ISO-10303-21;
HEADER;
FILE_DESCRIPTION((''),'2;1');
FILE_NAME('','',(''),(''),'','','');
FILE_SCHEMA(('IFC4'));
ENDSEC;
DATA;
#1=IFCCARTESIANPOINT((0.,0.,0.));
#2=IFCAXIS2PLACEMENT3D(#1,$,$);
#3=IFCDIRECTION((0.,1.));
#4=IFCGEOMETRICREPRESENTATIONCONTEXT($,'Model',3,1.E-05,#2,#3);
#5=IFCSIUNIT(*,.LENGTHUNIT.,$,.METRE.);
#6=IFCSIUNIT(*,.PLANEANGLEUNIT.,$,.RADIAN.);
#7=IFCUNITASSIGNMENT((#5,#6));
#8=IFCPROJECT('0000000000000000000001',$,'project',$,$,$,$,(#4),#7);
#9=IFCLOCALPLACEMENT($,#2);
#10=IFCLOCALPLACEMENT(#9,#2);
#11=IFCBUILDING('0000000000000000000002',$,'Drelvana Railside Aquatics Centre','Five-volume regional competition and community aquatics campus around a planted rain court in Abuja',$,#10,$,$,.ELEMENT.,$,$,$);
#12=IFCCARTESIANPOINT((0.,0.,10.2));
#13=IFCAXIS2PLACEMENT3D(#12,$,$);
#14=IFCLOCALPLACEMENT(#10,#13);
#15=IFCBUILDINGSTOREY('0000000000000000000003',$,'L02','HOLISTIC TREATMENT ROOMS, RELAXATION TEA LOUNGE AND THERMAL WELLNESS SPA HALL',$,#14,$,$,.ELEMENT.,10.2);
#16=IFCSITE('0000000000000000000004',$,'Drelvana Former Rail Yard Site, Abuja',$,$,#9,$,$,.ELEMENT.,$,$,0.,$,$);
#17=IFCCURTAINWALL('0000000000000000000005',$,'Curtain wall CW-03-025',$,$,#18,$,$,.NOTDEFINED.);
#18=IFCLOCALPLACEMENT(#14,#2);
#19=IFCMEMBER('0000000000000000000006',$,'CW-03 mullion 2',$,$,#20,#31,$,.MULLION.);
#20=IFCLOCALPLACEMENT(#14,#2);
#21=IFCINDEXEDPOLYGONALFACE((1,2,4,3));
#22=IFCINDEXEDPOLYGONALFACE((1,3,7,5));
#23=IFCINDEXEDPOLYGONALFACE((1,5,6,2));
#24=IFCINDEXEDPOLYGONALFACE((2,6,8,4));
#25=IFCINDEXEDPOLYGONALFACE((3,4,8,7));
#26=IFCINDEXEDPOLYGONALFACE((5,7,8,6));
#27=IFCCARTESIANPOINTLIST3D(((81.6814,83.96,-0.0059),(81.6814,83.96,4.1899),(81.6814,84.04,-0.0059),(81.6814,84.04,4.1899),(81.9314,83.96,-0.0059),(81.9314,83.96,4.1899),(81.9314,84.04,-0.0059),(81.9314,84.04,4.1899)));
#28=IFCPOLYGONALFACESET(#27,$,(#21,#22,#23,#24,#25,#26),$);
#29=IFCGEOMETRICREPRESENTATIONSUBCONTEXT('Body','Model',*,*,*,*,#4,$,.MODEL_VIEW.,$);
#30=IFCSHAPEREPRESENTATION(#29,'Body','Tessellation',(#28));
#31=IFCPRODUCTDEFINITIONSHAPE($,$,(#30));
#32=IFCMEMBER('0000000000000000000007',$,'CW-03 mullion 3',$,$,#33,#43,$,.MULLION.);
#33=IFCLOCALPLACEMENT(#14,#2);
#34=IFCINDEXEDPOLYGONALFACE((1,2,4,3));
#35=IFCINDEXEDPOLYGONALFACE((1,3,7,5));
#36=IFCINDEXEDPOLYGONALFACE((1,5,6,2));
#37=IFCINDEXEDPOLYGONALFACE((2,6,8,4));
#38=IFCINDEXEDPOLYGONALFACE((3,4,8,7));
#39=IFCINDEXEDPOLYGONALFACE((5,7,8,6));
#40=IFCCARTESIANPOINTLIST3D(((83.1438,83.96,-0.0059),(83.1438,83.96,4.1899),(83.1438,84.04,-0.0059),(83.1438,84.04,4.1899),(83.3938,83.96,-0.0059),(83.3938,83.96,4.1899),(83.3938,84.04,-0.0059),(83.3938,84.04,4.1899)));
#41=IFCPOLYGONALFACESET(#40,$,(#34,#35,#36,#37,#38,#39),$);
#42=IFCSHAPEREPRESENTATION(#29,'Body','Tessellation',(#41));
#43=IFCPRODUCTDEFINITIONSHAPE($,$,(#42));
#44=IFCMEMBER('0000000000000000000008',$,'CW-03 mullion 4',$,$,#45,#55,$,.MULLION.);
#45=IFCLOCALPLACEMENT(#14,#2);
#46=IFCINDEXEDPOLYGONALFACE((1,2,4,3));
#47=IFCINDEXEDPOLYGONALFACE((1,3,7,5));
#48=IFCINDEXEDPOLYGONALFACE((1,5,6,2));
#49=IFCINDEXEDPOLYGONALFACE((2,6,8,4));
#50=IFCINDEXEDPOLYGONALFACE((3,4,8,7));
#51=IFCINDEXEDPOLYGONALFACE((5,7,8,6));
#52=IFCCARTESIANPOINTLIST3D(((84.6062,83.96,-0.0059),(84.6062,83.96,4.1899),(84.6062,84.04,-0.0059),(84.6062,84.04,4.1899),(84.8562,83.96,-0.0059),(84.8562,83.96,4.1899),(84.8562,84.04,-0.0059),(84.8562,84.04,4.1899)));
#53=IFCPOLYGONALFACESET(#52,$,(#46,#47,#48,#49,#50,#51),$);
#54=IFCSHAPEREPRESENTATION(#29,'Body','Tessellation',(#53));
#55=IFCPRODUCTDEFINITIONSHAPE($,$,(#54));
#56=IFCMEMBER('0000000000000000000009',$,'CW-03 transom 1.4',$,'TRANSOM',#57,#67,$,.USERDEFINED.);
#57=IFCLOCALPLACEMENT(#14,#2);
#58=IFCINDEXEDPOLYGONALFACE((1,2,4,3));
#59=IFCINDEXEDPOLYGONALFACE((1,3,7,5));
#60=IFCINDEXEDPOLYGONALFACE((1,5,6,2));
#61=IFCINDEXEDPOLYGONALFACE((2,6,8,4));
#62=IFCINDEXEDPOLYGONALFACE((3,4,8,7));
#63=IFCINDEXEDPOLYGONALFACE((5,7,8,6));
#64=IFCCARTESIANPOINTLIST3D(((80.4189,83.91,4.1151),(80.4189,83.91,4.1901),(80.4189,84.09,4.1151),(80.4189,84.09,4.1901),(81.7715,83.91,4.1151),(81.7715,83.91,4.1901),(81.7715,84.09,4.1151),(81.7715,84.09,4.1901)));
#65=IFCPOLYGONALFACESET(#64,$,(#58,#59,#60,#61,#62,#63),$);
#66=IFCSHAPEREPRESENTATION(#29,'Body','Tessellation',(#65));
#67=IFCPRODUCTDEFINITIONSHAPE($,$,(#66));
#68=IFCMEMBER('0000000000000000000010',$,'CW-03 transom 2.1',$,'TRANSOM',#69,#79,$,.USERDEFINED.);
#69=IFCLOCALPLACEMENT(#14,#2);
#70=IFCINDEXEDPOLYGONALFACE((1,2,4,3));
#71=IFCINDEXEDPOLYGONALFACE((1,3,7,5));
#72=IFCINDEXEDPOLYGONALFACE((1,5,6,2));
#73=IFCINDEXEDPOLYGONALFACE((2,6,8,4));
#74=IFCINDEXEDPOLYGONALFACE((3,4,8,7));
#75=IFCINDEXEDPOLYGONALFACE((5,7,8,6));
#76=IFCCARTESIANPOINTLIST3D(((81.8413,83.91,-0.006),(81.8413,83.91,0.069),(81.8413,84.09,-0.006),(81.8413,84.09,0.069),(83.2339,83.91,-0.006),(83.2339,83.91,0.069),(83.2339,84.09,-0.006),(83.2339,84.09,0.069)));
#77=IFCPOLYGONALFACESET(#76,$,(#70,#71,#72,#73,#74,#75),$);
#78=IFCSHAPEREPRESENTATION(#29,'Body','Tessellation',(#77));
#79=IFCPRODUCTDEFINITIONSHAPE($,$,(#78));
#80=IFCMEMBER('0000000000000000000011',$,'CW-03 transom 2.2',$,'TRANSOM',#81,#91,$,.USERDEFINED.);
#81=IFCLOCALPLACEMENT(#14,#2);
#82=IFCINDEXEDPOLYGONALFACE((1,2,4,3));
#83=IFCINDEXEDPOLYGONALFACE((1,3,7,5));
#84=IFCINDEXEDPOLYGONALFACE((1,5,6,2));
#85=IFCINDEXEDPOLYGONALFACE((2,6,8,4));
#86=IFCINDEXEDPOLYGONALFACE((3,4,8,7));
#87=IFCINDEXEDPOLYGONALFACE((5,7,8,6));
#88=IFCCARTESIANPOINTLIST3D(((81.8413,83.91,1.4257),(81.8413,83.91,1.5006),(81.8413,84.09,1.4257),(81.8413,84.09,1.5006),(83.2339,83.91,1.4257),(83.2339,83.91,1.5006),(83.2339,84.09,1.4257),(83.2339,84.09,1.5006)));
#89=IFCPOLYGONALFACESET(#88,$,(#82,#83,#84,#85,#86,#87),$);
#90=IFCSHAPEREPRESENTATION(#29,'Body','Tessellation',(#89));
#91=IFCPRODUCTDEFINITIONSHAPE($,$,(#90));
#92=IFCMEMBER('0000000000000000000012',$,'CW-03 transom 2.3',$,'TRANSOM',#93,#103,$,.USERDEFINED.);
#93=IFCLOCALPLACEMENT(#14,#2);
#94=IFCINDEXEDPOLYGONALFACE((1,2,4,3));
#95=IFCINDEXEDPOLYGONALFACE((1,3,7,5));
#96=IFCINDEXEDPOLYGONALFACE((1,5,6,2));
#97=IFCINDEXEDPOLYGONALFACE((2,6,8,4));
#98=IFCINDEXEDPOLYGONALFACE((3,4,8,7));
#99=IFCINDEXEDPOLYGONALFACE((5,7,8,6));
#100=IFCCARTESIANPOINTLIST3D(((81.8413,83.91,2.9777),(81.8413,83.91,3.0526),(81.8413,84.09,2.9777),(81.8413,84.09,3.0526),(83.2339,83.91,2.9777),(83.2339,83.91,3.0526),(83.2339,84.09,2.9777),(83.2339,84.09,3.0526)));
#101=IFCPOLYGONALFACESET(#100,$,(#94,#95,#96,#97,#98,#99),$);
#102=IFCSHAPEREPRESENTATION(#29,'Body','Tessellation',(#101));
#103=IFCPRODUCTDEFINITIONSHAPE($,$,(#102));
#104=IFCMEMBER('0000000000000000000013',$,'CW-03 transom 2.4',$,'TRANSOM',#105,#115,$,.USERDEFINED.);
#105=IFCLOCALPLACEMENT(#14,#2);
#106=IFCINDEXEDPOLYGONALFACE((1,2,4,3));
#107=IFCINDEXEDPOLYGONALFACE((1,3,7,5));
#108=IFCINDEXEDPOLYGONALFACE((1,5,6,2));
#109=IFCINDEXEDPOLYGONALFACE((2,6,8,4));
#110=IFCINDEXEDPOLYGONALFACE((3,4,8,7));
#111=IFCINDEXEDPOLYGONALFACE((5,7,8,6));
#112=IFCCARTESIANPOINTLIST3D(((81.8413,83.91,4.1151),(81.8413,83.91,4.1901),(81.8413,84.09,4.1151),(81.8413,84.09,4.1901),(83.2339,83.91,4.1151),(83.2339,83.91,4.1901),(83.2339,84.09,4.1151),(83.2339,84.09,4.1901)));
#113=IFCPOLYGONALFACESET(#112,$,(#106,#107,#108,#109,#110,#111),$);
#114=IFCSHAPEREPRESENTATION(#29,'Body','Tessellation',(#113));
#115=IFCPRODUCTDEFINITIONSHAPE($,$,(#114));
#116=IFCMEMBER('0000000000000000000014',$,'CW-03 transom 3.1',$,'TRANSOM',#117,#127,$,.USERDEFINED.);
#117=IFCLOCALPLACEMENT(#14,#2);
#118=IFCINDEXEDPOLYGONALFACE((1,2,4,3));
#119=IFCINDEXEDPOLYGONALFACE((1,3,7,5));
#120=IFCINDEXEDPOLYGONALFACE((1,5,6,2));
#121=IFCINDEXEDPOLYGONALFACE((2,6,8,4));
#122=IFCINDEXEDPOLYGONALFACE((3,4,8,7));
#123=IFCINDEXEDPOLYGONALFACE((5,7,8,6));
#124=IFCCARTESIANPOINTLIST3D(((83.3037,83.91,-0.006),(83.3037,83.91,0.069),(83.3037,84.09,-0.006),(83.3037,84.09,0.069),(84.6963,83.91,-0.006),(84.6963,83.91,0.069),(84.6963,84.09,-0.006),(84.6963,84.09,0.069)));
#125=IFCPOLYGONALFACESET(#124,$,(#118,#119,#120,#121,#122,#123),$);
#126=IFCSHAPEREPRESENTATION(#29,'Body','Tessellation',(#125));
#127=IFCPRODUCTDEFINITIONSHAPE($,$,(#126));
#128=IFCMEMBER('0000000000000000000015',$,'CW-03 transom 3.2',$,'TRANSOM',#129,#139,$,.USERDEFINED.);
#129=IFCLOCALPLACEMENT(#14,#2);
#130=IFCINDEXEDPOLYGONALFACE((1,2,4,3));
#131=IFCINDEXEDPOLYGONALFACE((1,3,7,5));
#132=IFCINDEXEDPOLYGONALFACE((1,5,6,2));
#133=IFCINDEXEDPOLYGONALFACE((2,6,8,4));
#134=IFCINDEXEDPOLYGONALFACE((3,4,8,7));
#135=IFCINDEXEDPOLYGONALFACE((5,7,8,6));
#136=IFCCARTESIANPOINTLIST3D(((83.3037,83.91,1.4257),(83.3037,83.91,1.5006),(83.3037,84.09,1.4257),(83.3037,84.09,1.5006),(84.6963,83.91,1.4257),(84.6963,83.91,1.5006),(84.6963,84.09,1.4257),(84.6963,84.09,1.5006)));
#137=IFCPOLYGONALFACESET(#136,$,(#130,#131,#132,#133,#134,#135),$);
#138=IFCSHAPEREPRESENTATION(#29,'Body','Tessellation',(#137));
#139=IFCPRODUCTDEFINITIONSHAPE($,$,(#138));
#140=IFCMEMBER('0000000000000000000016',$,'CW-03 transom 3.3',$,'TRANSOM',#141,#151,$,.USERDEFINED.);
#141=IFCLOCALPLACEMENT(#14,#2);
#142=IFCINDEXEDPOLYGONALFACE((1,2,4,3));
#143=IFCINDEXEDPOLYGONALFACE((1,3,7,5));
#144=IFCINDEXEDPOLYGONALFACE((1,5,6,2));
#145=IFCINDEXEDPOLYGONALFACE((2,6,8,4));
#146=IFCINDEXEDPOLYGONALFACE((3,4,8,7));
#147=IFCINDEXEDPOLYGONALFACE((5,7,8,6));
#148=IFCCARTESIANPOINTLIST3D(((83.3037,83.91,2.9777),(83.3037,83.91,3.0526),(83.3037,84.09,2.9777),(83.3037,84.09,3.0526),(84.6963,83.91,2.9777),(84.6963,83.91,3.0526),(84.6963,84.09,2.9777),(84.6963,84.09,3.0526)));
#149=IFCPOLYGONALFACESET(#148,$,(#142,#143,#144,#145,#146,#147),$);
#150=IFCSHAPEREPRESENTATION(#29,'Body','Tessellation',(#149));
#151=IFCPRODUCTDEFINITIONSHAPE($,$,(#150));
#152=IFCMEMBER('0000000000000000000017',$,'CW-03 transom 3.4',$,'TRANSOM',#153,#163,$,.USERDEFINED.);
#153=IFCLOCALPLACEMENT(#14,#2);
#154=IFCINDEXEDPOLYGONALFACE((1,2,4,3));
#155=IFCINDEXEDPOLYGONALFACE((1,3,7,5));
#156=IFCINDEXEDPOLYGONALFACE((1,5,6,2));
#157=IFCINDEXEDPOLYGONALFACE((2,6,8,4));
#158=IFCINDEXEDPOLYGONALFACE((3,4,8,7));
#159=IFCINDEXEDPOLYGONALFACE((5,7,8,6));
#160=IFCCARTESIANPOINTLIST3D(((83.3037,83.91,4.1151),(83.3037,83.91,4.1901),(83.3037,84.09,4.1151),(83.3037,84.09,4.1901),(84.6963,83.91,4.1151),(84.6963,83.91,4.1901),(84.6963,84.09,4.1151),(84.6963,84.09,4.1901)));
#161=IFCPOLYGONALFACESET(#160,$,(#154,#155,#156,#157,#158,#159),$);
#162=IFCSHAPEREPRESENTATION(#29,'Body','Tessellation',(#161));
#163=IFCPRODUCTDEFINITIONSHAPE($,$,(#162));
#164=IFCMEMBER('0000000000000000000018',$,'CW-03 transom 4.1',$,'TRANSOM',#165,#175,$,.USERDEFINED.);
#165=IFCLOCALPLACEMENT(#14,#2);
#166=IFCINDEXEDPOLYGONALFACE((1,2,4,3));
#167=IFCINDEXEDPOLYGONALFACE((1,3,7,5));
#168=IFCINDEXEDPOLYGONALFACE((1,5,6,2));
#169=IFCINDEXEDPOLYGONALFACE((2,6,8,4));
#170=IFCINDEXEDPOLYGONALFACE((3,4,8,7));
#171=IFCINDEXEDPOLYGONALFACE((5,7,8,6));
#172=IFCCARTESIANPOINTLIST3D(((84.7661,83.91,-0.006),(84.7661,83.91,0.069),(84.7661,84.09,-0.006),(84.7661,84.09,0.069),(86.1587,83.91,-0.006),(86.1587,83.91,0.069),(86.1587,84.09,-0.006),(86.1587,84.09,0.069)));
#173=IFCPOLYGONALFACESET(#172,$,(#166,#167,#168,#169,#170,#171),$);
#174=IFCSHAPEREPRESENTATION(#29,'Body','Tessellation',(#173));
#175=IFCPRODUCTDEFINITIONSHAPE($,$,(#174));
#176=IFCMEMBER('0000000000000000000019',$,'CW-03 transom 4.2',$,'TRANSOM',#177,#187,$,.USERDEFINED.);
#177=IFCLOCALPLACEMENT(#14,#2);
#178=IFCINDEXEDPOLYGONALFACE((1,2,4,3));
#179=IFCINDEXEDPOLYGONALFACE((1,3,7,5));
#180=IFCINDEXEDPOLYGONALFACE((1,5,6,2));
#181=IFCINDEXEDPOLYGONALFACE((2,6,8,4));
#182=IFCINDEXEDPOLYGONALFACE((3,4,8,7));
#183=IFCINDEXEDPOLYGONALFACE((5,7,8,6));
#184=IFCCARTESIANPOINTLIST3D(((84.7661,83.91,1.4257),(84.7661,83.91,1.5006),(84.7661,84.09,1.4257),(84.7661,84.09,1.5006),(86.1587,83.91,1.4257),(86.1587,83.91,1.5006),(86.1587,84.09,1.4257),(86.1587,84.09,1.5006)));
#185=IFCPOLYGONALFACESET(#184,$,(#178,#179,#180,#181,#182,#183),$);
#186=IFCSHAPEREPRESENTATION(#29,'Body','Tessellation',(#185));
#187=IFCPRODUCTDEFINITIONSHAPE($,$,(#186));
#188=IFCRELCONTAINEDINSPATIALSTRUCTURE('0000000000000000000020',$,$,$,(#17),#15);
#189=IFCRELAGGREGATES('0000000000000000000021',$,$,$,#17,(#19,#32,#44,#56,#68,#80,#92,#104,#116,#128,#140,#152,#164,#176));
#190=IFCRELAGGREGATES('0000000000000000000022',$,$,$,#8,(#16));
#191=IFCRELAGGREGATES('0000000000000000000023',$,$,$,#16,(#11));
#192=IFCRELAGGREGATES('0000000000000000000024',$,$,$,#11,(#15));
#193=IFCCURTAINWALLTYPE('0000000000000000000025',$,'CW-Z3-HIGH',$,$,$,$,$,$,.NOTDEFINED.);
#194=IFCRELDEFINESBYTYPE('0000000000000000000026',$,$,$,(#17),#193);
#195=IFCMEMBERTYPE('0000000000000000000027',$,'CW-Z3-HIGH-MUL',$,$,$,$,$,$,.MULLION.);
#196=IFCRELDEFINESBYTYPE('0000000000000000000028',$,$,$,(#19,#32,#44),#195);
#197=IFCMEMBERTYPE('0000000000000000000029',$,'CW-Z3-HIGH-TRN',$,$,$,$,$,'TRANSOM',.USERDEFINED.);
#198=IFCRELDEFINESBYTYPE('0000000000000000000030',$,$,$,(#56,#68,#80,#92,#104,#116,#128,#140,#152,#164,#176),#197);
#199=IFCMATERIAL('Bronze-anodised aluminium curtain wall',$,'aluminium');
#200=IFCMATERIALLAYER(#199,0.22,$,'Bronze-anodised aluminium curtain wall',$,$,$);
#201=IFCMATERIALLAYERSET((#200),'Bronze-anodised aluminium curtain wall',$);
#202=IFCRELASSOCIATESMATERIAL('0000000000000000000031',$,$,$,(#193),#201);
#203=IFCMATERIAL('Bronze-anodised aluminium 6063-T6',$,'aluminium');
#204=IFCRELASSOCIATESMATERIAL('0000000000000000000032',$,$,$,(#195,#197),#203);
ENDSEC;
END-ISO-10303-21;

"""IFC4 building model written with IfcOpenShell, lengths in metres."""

from ifc_helpers import new_model, si_unit, direction, frame, origin, origin_2d, place, context, subcontext, project, spatial, rectangle, extrude, material, layer, layer_set, material_profile, profile_set, type_object, element, aggregate, save


model = new_model("IFC4")

# Units and contexts
model_context = context("Model", 3, precision=1e-05, world=origin(), true_north=direction((0.0, 1.0)))
body_context = subcontext(model_context, "Body", "Model", "MODEL_VIEW")
ifc_project = project(units=[si_unit("LENGTHUNIT", "METRE"), si_unit("PLANEANGLEUNIT", "RADIAN")], contexts=[model_context])

# Site, building, storey
site_placement = place(None, origin())
site = spatial("IfcSite", under=ifc_project, at=site_placement, Name="Drelvana Former Rail Yard Site, Abuja", CompositionType="ELEMENT", RefElevation=0.0)
building_placement = place(site_placement, origin())
building = spatial("IfcBuilding", under=site, at=building_placement, Name="Drelvana Railside Aquatics Centre", Description="Five-volume regional competition and community aquatics campus around a planted rain court in Abuja", CompositionType="ELEMENT")
storey_placement = place(building_placement, frame((0.0, 0.0, 10.2)))
storey = spatial("IfcBuildingStorey", under=building, at=storey_placement, Name="L02", Description="HOLISTIC TREATMENT ROOMS, RELAXATION TEA LOUNGE AND THERMAL WELLNESS SPA HALL", CompositionType="ELEMENT", Elevation=10.2)

# Curtain wall, members
ifc_material_1 = material(Name="Bronze-anodised aluminium curtain wall", Category="aluminium")
ifc_layer_1 = layer(ifc_material_1, 0.22, Name="Bronze-anodised aluminium curtain wall")
ifc_layer_set_1 = layer_set([ifc_layer_1], Name="Bronze-anodised aluminium curtain wall")
curtain_wall_type = type_object("IfcCurtainWallType", Name="CW-Z3-HIGH", PredefinedType="NOTDEFINED", material=ifc_layer_set_1)
curtain_wall_placement = place(storey_placement, origin())
curtain_wall = element("IfcCurtainWall", 1, at=curtain_wall_placement, inside=storey, type_object=curtain_wall_type, Name="Curtain wall CW-03-025", PredefinedType="NOTDEFINED")
ifc_material_2 = material(Name="Bronze-anodised aluminium 6063-T6", Category="aluminium")
ifc_material_profile_1 = material_profile(ifc_material_2, rectangle(XDim=0.0801, YDim=0.25, at=origin_2d()), Name="ALU-M 80x250")
ifc_profile_set_1 = profile_set([ifc_material_profile_1], Name="Bronze-anodised aluminium 6063-T6")
member_type_1 = type_object("IfcMemberType", Name="CW-Z3-HIGH-MUL", PredefinedType="MULLION", material=ifc_profile_set_1)
member_1_placement = place(storey_placement, frame((81.8064, 84.0, -0.0059), z_axis=(0.0, 0.0, 1.0), x_axis=(0.0, 1.0, 0.0)))
member_1 = element("IfcMember", 2, at=member_1_placement, type_object=member_type_1, Name="CW-03 mullion 2", PredefinedType="MULLION", context=body_context, shape_type="SweptSolid", body=[
    extrude(rectangle(XDim=0.0801, YDim=0.25, at=origin_2d()), origin(), (0.0, 0.0, 1.0), 4.1958),
])
member_2_placement = place(storey_placement, frame((83.2688, 84.0, -0.0059), z_axis=(0.0, 0.0, 1.0), x_axis=(0.0, 1.0, 0.0)))
member_2 = element("IfcMember", 3, at=member_2_placement, type_object=member_type_1, Name="CW-03 mullion 3", PredefinedType="MULLION", context=body_context, shape_type="SweptSolid", body=[
    extrude(rectangle(XDim=0.0801, YDim=0.25, at=origin_2d()), origin(), (0.0, 0.0, 1.0), 4.1958),
])
member_3_placement = place(storey_placement, frame((84.7312, 84.0, -0.0059), z_axis=(0.0, 0.0, 1.0), x_axis=(0.0, 1.0, 0.0)))
member_3 = element("IfcMember", 4, at=member_3_placement, type_object=member_type_1, Name="CW-03 mullion 4", PredefinedType="MULLION", context=body_context, shape_type="SweptSolid", body=[
    extrude(rectangle(XDim=0.0801, YDim=0.25, at=origin_2d()), origin(), (0.0, 0.0, 1.0), 4.1958),
])
ifc_material_profile_2 = material_profile(ifc_material_2, rectangle(XDim=0.1799, YDim=0.075, at=origin_2d()), Name="ALU-T 75x180")
ifc_profile_set_2 = profile_set([ifc_material_profile_2], Name="Bronze-anodised aluminium 6063-T6")
member_type_2 = type_object("IfcMemberType", Name="CW-Z3-HIGH-TRN", ElementType="TRANSOM", PredefinedType="USERDEFINED", material=ifc_profile_set_2)
member_4_placement = place(storey_placement, frame((80.4189, 84.0, 4.1526), z_axis=(1.0, 0.0, 0.0), x_axis=(0.0, 1.0, 0.0)))
member_4 = element("IfcMember", 5, at=member_4_placement, type_object=member_type_2, Name="CW-03 transom 1.4", ObjectType="TRANSOM", PredefinedType="USERDEFINED", context=body_context, shape_type="SweptSolid", body=[
    extrude(rectangle(XDim=0.1799, YDim=0.075, at=origin_2d()), origin(), (0.0, 0.0, 1.0), 1.3525),
])
member_5_placement = place(storey_placement, frame((81.8413, 84.0, 0.0315), z_axis=(1.0, 0.0, 0.0), x_axis=(0.0, 1.0, 0.0)))
member_5 = element("IfcMember", 6, at=member_5_placement, type_object=member_type_2, Name="CW-03 transom 2.1", ObjectType="TRANSOM", PredefinedType="USERDEFINED", context=body_context, shape_type="SweptSolid", body=[
    extrude(rectangle(XDim=0.1799, YDim=0.075, at=origin_2d()), origin(), (0.0, 0.0, 1.0), 1.3926),
])
member_6_placement = place(storey_placement, frame((81.8413, 84.0, 1.4631), z_axis=(1.0, 0.0, 0.0), x_axis=(0.0, 1.0, 0.0)))
member_6 = element("IfcMember", 7, at=member_6_placement, type_object=member_type_2, Name="CW-03 transom 2.2", ObjectType="TRANSOM", PredefinedType="USERDEFINED", context=body_context, shape_type="SweptSolid", body=[
    extrude(rectangle(XDim=0.1799, YDim=0.075, at=origin_2d()), origin(), (0.0, 0.0, 1.0), 1.3926),
])
member_7_placement = place(storey_placement, frame((81.8413, 84.0, 3.0151), z_axis=(1.0, 0.0, 0.0), x_axis=(0.0, 1.0, 0.0)))
member_7 = element("IfcMember", 8, at=member_7_placement, type_object=member_type_2, Name="CW-03 transom 2.3", ObjectType="TRANSOM", PredefinedType="USERDEFINED", context=body_context, shape_type="SweptSolid", body=[
    extrude(rectangle(XDim=0.1799, YDim=0.075, at=origin_2d()), origin(), (0.0, 0.0, 1.0), 1.3926),
])
member_8_placement = place(storey_placement, frame((81.8413, 84.0, 4.1526), z_axis=(1.0, 0.0, 0.0), x_axis=(0.0, 1.0, 0.0)))
member_8 = element("IfcMember", 9, at=member_8_placement, type_object=member_type_2, Name="CW-03 transom 2.4", ObjectType="TRANSOM", PredefinedType="USERDEFINED", context=body_context, shape_type="SweptSolid", body=[
    extrude(rectangle(XDim=0.1799, YDim=0.075, at=origin_2d()), origin(), (0.0, 0.0, 1.0), 1.3926),
])
member_9_placement = place(storey_placement, frame((83.3037, 84.0, 0.0315), z_axis=(1.0, 0.0, 0.0), x_axis=(0.0, 1.0, 0.0)))
member_9 = element("IfcMember", 10, at=member_9_placement, type_object=member_type_2, Name="CW-03 transom 3.1", ObjectType="TRANSOM", PredefinedType="USERDEFINED", context=body_context, shape_type="SweptSolid", body=[
    extrude(rectangle(XDim=0.1799, YDim=0.075, at=origin_2d()), origin(), (0.0, 0.0, 1.0), 1.3926),
])
member_10_placement = place(storey_placement, frame((83.3037, 84.0, 1.4631), z_axis=(1.0, 0.0, 0.0), x_axis=(0.0, 1.0, 0.0)))
member_10 = element("IfcMember", 11, at=member_10_placement, type_object=member_type_2, Name="CW-03 transom 3.2", ObjectType="TRANSOM", PredefinedType="USERDEFINED", context=body_context, shape_type="SweptSolid", body=[
    extrude(rectangle(XDim=0.1799, YDim=0.075, at=origin_2d()), origin(), (0.0, 0.0, 1.0), 1.3926),
])
member_11_placement = place(storey_placement, frame((83.3037, 84.0, 3.0151), z_axis=(1.0, 0.0, 0.0), x_axis=(0.0, 1.0, 0.0)))
member_11 = element("IfcMember", 12, at=member_11_placement, type_object=member_type_2, Name="CW-03 transom 3.3", ObjectType="TRANSOM", PredefinedType="USERDEFINED", context=body_context, shape_type="SweptSolid", body=[
    extrude(rectangle(XDim=0.1799, YDim=0.075, at=origin_2d()), origin(), (0.0, 0.0, 1.0), 1.3926),
])
member_12_placement = place(storey_placement, frame((83.3037, 84.0, 4.1526), z_axis=(1.0, 0.0, 0.0), x_axis=(0.0, 1.0, 0.0)))
member_12 = element("IfcMember", 13, at=member_12_placement, type_object=member_type_2, Name="CW-03 transom 3.4", ObjectType="TRANSOM", PredefinedType="USERDEFINED", context=body_context, shape_type="SweptSolid", body=[
    extrude(rectangle(XDim=0.1799, YDim=0.075, at=origin_2d()), origin(), (0.0, 0.0, 1.0), 1.3926),
])
member_13_placement = place(storey_placement, frame((84.7661, 84.0, 0.0315), z_axis=(1.0, 0.0, 0.0), x_axis=(0.0, 1.0, 0.0)))
member_13 = element("IfcMember", 14, at=member_13_placement, type_object=member_type_2, Name="CW-03 transom 4.1", ObjectType="TRANSOM", PredefinedType="USERDEFINED", context=body_context, shape_type="SweptSolid", body=[
    extrude(rectangle(XDim=0.1799, YDim=0.075, at=origin_2d()), origin(), (0.0, 0.0, 1.0), 1.3926),
])
member_14_placement = place(storey_placement, frame((84.7661, 84.0, 1.4631), z_axis=(1.0, 0.0, 0.0), x_axis=(0.0, 1.0, 0.0)))
member_14 = element("IfcMember", 15, at=member_14_placement, type_object=member_type_2, Name="CW-03 transom 4.2", ObjectType="TRANSOM", PredefinedType="USERDEFINED", context=body_context, shape_type="SweptSolid", body=[
    extrude(rectangle(XDim=0.1799, YDim=0.075, at=origin_2d()), origin(), (0.0, 0.0, 1.0), 1.3926),
])
aggregate(curtain_wall, [member_1, member_2, member_3, member_4, member_5, member_6, member_7, member_8, member_9, member_10, member_11, member_12, member_13, member_14])

save(model, "model.ifc")
